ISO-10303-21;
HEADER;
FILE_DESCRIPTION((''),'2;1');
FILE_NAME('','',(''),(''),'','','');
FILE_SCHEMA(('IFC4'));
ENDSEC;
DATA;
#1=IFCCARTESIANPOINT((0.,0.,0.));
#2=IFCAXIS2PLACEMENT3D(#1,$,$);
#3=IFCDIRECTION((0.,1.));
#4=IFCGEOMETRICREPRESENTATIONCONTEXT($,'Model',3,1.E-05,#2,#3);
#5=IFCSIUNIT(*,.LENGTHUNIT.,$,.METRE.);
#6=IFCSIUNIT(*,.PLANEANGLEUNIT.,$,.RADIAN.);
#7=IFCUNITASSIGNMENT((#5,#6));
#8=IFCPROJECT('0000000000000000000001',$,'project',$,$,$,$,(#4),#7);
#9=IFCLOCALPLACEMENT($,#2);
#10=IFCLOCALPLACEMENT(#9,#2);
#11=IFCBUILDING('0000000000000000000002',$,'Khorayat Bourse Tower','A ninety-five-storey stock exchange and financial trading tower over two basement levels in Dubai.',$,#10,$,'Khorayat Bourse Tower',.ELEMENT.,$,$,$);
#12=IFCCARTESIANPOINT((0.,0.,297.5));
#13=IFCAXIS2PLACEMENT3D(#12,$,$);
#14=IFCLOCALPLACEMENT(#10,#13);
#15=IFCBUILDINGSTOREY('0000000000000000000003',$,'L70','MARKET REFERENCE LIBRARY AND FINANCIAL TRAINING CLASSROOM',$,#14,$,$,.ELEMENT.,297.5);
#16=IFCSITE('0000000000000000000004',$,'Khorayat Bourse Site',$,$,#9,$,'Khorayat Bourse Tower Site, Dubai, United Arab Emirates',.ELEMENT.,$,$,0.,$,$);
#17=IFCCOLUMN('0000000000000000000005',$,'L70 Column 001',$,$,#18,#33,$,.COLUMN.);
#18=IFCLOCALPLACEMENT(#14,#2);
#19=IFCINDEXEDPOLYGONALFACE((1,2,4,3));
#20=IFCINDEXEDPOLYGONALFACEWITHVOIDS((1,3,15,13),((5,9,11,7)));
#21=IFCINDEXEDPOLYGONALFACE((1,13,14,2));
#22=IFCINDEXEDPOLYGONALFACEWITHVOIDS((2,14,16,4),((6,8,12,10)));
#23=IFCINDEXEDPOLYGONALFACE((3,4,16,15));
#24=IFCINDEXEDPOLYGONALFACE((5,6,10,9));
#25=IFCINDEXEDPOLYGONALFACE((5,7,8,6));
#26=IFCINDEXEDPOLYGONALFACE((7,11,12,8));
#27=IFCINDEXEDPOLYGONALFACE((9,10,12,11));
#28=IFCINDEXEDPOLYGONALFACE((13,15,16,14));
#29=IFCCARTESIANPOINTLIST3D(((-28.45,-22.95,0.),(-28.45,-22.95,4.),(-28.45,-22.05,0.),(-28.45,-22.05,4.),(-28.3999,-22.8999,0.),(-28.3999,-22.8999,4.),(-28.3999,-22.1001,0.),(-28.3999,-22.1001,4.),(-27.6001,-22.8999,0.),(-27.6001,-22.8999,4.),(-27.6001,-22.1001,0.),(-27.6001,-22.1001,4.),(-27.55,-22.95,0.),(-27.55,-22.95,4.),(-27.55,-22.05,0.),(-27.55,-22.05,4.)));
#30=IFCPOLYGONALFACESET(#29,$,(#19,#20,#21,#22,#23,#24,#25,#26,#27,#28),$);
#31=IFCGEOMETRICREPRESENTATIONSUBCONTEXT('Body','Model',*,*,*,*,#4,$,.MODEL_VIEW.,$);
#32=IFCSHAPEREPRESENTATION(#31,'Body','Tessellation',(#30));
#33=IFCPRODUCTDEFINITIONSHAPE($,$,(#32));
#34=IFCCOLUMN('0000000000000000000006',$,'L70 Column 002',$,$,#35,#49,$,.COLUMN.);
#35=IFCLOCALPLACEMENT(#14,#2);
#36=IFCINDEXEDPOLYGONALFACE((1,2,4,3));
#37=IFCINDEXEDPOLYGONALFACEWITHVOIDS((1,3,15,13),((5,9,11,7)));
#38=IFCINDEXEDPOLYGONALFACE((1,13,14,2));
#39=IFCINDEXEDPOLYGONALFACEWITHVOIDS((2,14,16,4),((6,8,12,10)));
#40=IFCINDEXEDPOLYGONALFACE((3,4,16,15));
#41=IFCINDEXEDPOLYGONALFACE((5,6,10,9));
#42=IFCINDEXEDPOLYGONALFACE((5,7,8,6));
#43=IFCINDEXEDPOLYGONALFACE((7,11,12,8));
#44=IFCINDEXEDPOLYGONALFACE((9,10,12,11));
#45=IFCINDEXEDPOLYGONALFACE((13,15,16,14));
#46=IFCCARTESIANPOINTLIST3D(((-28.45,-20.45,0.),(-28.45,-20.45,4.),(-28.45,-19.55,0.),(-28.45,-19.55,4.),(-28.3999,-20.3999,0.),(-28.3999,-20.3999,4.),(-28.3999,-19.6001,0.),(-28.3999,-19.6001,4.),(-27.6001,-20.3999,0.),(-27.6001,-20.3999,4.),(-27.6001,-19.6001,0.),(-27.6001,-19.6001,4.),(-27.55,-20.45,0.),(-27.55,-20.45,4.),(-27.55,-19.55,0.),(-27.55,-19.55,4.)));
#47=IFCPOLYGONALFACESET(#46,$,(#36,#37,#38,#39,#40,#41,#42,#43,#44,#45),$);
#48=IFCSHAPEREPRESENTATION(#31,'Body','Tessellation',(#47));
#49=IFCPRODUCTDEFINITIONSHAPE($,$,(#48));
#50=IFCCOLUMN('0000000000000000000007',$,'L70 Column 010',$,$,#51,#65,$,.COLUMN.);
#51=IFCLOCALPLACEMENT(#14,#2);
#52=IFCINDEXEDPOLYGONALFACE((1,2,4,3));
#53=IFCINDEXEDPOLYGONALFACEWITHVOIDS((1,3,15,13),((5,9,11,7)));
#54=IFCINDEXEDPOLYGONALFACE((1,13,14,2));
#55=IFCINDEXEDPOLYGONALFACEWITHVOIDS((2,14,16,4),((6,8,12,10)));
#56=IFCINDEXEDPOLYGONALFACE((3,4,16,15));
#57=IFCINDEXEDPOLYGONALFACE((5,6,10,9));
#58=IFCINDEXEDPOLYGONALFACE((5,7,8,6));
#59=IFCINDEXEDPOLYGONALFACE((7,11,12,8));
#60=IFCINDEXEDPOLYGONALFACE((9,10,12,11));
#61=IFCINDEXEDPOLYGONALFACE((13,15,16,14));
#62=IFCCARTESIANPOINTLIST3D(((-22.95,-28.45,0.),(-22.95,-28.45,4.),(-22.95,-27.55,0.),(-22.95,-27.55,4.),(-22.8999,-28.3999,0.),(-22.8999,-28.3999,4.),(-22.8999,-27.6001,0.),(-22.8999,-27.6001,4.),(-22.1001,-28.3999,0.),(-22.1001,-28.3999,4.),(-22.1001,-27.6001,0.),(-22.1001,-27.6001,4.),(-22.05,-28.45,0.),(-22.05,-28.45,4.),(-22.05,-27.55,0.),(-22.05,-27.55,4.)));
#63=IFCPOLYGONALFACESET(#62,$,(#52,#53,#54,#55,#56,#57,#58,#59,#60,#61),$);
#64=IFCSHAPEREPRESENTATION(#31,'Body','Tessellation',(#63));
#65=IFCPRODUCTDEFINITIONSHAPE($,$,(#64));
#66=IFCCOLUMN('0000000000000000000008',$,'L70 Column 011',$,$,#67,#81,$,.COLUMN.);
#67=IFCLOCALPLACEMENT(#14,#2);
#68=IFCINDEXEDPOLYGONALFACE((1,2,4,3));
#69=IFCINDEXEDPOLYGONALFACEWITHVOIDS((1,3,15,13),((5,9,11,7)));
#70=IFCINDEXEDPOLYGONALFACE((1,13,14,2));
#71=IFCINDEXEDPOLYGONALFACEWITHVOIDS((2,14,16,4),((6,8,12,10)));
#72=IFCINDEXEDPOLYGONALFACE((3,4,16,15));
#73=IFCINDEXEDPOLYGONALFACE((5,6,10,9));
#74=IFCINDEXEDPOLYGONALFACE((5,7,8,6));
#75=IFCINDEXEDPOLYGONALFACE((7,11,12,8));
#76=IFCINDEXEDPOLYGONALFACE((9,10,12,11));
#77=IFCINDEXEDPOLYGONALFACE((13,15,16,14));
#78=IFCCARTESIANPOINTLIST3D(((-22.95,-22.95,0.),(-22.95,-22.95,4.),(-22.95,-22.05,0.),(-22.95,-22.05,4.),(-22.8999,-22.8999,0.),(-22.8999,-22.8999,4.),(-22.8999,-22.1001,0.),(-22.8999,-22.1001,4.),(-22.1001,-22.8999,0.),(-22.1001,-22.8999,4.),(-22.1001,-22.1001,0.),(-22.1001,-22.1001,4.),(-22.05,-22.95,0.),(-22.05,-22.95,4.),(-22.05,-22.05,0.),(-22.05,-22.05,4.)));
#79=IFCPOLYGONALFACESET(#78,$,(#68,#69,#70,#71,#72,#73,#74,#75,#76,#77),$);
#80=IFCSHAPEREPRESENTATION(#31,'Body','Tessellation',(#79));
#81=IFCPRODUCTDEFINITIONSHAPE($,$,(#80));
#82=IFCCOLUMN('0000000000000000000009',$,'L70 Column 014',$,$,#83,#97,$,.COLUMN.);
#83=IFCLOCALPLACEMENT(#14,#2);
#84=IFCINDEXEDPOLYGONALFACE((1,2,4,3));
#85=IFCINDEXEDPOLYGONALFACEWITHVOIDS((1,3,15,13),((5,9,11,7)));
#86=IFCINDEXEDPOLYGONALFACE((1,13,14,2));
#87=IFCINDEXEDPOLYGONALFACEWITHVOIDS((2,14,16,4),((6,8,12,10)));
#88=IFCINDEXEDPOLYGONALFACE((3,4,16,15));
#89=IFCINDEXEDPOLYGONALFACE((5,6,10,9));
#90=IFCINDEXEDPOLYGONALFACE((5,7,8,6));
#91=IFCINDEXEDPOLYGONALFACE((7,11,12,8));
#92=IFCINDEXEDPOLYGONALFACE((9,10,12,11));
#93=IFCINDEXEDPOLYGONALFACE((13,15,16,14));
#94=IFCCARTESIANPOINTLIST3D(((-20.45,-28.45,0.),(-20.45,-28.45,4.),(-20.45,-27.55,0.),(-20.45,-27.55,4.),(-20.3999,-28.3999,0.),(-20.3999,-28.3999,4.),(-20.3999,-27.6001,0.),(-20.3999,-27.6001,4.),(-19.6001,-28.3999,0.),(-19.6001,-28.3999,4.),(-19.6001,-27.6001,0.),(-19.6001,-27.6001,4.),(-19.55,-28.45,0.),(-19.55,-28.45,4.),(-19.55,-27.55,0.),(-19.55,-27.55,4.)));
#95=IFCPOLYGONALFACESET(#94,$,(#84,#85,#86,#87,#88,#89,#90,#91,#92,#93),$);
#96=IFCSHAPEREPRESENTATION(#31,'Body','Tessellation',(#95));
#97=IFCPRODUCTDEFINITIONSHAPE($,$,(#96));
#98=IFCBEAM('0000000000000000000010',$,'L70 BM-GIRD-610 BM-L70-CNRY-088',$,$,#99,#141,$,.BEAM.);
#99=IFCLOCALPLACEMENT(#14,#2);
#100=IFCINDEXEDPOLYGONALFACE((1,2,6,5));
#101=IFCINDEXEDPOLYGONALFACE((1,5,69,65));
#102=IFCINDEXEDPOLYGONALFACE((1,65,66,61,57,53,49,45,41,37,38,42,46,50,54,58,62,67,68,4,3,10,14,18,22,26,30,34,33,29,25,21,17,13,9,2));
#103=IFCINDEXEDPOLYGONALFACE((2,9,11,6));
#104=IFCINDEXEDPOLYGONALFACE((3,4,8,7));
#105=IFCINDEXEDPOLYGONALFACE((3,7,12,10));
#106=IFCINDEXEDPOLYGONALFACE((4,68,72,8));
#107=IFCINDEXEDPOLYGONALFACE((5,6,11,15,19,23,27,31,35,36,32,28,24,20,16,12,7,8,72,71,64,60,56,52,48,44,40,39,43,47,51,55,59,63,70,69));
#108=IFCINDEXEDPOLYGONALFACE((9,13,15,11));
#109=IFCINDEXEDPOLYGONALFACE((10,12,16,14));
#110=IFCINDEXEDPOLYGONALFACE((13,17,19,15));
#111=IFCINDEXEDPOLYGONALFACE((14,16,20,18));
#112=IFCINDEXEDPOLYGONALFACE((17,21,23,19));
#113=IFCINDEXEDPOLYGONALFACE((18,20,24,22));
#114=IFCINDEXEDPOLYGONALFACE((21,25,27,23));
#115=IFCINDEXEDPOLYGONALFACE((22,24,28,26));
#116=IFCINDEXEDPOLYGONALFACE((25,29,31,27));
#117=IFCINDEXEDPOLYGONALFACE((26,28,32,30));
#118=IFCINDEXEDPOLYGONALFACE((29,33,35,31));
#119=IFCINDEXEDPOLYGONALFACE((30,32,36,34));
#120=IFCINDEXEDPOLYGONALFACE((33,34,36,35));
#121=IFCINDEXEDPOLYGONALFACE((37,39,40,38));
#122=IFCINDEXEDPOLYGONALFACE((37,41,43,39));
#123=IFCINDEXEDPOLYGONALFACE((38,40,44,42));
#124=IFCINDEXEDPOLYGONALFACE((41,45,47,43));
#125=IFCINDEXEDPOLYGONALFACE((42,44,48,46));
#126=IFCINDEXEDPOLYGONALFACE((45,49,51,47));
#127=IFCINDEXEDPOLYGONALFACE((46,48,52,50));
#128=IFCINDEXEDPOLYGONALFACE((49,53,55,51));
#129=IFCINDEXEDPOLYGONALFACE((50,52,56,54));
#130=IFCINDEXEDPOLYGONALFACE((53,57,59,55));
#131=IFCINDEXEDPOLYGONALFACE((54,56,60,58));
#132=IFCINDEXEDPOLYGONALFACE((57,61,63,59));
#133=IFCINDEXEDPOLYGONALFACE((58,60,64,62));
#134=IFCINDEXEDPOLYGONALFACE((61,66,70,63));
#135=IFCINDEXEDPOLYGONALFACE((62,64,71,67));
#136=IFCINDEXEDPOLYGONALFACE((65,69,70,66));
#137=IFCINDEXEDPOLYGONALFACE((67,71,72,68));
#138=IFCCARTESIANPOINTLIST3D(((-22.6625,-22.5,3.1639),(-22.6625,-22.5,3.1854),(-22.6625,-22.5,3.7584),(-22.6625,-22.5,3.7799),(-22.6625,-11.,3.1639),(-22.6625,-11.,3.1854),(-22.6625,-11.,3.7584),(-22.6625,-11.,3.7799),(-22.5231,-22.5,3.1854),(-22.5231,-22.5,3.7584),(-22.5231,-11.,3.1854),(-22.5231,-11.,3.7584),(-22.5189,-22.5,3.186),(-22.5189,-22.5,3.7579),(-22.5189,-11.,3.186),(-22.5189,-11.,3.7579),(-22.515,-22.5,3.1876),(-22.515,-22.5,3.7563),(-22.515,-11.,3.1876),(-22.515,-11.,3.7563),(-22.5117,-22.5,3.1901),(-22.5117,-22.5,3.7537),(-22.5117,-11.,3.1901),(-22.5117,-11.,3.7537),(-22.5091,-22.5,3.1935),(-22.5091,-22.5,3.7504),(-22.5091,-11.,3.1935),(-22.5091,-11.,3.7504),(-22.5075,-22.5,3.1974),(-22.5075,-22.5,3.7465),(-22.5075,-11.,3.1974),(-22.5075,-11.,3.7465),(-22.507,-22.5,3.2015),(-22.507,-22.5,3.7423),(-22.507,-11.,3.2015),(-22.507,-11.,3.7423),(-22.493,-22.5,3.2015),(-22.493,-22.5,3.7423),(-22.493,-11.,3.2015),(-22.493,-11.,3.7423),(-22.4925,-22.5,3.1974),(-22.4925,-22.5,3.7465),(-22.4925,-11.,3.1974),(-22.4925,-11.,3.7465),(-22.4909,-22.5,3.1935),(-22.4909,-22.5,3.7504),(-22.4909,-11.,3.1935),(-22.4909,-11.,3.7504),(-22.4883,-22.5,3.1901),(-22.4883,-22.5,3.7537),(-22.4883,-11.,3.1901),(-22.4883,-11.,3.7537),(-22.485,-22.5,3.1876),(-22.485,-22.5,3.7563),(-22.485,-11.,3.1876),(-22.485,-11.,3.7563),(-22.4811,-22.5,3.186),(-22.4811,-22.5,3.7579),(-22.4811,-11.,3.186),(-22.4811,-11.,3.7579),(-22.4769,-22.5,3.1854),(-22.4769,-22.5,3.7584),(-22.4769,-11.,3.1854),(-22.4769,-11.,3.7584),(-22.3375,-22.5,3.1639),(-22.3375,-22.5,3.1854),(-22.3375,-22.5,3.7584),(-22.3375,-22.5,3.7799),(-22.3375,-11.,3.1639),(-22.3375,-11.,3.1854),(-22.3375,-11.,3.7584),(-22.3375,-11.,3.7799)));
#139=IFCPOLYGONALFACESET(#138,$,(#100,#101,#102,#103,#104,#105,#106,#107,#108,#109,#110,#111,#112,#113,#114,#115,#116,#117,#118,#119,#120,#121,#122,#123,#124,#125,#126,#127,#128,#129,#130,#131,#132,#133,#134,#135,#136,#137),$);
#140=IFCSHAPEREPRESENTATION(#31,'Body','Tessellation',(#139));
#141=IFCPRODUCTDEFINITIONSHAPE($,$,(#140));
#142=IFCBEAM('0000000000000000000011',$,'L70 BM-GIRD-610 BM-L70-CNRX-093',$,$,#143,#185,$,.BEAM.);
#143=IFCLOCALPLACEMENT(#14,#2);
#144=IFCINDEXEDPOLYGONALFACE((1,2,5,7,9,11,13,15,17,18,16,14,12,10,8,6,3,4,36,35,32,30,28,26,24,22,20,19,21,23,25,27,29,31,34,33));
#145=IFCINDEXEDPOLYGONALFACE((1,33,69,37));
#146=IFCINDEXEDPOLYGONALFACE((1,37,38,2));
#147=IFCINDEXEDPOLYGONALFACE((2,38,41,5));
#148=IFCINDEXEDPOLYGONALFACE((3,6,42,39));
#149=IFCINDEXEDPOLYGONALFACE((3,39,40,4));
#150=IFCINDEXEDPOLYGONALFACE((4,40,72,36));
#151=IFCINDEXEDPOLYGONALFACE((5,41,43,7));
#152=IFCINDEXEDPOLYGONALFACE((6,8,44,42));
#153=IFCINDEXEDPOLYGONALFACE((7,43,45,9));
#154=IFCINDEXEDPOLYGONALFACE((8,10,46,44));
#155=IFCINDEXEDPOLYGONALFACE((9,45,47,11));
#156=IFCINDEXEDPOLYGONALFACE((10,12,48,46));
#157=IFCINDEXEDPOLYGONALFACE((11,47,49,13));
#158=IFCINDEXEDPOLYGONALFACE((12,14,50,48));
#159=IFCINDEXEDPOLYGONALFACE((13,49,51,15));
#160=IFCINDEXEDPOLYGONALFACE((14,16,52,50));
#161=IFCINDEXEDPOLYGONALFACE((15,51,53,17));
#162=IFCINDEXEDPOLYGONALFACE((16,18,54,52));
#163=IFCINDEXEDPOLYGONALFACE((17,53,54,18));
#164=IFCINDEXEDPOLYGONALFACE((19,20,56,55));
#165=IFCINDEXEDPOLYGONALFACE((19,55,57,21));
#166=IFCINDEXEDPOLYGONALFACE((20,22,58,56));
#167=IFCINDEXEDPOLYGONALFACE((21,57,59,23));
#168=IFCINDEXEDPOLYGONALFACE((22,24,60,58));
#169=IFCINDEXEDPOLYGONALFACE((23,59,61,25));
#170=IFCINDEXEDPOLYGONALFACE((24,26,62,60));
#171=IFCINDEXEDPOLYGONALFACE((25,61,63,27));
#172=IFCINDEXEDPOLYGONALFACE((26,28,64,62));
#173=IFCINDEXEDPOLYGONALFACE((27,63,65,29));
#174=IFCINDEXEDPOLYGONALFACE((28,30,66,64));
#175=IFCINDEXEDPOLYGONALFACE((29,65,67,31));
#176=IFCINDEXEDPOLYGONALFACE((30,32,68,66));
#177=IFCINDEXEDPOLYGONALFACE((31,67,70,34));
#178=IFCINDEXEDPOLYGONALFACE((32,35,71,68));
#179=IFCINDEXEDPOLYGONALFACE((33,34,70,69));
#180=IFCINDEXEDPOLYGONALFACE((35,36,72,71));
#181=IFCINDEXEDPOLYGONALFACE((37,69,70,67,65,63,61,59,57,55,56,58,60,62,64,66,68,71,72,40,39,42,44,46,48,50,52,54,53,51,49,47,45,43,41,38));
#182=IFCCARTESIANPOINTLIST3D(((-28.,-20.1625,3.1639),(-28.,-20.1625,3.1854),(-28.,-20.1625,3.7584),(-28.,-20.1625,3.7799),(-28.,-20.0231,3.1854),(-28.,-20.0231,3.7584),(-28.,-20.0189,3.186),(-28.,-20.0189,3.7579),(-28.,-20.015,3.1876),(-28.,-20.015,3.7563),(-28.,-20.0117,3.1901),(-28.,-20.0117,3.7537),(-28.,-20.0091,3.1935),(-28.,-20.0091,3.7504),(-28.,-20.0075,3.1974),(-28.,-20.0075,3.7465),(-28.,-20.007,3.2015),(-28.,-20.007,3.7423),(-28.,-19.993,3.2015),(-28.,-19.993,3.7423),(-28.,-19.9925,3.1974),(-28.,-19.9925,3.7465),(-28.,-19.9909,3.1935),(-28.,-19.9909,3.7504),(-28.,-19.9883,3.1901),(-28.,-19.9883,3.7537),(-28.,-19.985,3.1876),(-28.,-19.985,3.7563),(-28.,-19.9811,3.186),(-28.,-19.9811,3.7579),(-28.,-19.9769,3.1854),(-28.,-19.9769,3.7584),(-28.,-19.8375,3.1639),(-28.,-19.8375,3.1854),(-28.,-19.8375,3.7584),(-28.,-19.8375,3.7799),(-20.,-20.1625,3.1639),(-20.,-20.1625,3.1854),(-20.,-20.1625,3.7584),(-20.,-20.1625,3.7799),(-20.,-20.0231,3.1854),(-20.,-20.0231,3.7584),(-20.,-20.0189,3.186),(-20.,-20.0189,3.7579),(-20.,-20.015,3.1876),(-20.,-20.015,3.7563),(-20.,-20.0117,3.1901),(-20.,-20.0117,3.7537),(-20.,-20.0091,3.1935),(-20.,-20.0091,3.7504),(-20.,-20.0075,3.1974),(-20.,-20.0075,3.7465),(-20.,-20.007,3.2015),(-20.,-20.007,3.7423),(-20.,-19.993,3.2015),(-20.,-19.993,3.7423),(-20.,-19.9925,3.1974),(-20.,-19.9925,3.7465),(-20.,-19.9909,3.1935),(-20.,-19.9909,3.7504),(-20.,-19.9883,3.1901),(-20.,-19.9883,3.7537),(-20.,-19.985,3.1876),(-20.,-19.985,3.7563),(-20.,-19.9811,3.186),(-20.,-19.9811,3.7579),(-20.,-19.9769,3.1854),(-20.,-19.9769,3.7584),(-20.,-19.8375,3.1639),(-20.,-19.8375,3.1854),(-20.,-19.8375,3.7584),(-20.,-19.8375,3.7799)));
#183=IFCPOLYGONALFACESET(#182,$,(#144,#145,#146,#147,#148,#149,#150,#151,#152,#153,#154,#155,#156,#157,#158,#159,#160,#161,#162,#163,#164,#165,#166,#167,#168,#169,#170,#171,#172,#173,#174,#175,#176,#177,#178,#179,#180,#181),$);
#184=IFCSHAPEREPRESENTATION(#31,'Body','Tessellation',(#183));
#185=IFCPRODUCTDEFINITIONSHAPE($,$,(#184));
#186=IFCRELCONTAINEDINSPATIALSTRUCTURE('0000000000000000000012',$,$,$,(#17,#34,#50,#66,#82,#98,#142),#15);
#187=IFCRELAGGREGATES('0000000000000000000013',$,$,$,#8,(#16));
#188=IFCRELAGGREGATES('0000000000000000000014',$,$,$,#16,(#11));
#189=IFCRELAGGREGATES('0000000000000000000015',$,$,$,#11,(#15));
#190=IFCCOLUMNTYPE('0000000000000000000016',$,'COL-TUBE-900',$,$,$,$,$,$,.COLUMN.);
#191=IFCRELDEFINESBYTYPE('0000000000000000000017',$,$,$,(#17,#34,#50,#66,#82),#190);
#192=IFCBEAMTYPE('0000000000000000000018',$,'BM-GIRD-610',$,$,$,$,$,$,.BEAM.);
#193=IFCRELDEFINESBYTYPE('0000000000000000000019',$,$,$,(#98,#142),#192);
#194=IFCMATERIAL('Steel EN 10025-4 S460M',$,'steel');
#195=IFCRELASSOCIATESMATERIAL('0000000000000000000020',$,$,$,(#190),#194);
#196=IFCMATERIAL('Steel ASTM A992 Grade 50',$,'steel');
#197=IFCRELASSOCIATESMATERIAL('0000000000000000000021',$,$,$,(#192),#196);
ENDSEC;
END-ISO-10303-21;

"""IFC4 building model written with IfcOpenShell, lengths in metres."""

from ifc_helpers import new_model, si_unit, direction, frame, origin, origin_2d, place, context, subcontext, project, spatial, hollow_rectangle, i_section, extrude, source, transform, mapped, material, material_profile, profile_set, type_object, element, save


model = new_model("IFC4")

# Units and contexts
model_context = context("Model", 3, precision=1e-05, world=origin(), true_north=direction((0.0, 1.0)))
body_context = subcontext(model_context, "Body", "Model", "MODEL_VIEW")
ifc_project = project(units=[si_unit("LENGTHUNIT", "METRE"), si_unit("PLANEANGLEUNIT", "RADIAN")], contexts=[model_context])

# Site, building, storey
site_placement = place(None, origin())
site = spatial("IfcSite", under=ifc_project, at=site_placement, Name="Khorayat Bourse Site", LongName="Khorayat Bourse Tower Site, Dubai, United Arab Emirates", CompositionType="ELEMENT", RefElevation=0.0)
building_placement = place(site_placement, origin())
building = spatial("IfcBuilding", under=site, at=building_placement, Name="Khorayat Bourse Tower", Description="A ninety-five-storey stock exchange and financial trading tower over two basement levels in Dubai.", LongName="Khorayat Bourse Tower", CompositionType="ELEMENT")
storey_placement = place(building_placement, frame((0.0, 0.0, 297.5)))
storey = spatial("IfcBuildingStorey", under=building, at=storey_placement, Name="L70", Description="MARKET REFERENCE LIBRARY AND FINANCIAL TRAINING CLASSROOM", CompositionType="ELEMENT", Elevation=297.5)

# Columns
ifc_material_1 = material(Name="Steel EN 10025-4 S460M", Category="steel")
ifc_material_profile_1 = material_profile(ifc_material_1, hollow_rectangle(XDim=0.8999, YDim=0.8999, WallThickness=0.05, at=origin_2d()), Name="BOX 900x900x50")
ifc_profile_set_1 = profile_set([ifc_material_profile_1], Name="Steel EN 10025-4 S460M")
column_type = type_object("IfcColumnType", Name="COL-TUBE-900", PredefinedType="COLUMN", material=ifc_profile_set_1)
shared_shape_1 = source(origin(), body_context, "Body", "SweptSolid", [
    extrude(hollow_rectangle(XDim=0.8999, YDim=0.8999, WallThickness=0.05, at=origin_2d()), origin(), (0.0, 0.0, 1.0), 4.0),
])
for number, where, z_axis, x_axis, name in (
    (1, (-28.0, -22.5, 0.0), (0.0, 0.0, 1.0), (1.0, 0.0, 0.0), "L70 Column 001"),
    (2, (-28.0, -20.0, 0.0), (0.0, 0.0, 1.0), (1.0, 0.0, 0.0), "L70 Column 002"),
    (3, (-22.5, -28.0, 0.0), (0.0, 0.0, 1.0), (1.0, 0.0, 0.0), "L70 Column 010"),
    (4, (-22.5, -22.5, 0.0), (0.0, 0.0, 1.0), (1.0, 0.0, 0.0), "L70 Column 011"),
    (5, (-20.0, -28.0, 0.0), (0.0, 0.0, 1.0), (1.0, 0.0, 0.0), "L70 Column 014"),
):
    element("IfcColumn", number, at=place(storey_placement, frame(where, z_axis=z_axis, x_axis=x_axis)), inside=storey, type_object=column_type, Name=name, PredefinedType="COLUMN", context=body_context, shape_type="MappedRepresentation", body=[
        mapped(shared_shape_1, transform((0.0, 0.0, 0.0), scale=1.0)),
    ])

# Beams
ifc_material_2 = material(Name="Steel ASTM A992 Grade 50", Category="steel")
ifc_material_profile_2 = material_profile(ifc_material_2, i_section(OverallWidth=0.325, OverallDepth=0.616, WebThickness=0.0139, FlangeThickness=0.0215, FilletRadius=0.0161, at=origin_2d()), Name="W610X174")
ifc_profile_set_2 = profile_set([ifc_material_profile_2], Name="Steel ASTM A992 Grade 50")
beam_type_1 = type_object("IfcBeamType", Name="BM-GIRD-610", PredefinedType="BEAM", material=ifc_profile_set_2)
shared_shape_2 = source(origin(), body_context, "Body", "SweptSolid", [
    extrude(i_section(OverallWidth=0.325, OverallDepth=0.616, WebThickness=0.0139, FlangeThickness=0.0215, FilletRadius=0.0161, at=origin_2d()), origin(), (0.0, 0.0, 1.0), 11.5),
])
beam_1_placement = place(storey_placement, frame((-22.5, -22.5, 3.4719), z_axis=(0.0, 1.0, 0.0), x_axis=(-1.0, 0.0, 0.0)))
element("IfcBeam", 6, at=beam_1_placement, inside=storey, type_object=beam_type_1, Name="L70 BM-GIRD-610 BM-L70-CNRY-088", PredefinedType="BEAM", context=body_context, shape_type="MappedRepresentation", body=[
    mapped(shared_shape_2, transform((0.0, 0.0, 0.0), scale=1.0)),
])
shared_shape_3 = source(origin(), body_context, "Body", "SweptSolid", [
    extrude(i_section(OverallWidth=0.325, OverallDepth=0.616, WebThickness=0.0139, FlangeThickness=0.0215, FilletRadius=0.0161, at=origin_2d()), origin(), (0.0, 0.0, 1.0), 8.0),
])
beam_2_placement = place(storey_placement, frame((-28.0, -20.0, 3.4719), z_axis=(1.0, 0.0, 0.0), x_axis=(0.0, 1.0, 0.0)))
element("IfcBeam", 7, at=beam_2_placement, inside=storey, type_object=beam_type_1, Name="L70 BM-GIRD-610 BM-L70-CNRX-093", PredefinedType="BEAM", context=body_context, shape_type="MappedRepresentation", body=[
    mapped(shared_shape_3, transform((0.0, 0.0, 0.0), scale=1.0)),
])

save(model, "model.ifc")
